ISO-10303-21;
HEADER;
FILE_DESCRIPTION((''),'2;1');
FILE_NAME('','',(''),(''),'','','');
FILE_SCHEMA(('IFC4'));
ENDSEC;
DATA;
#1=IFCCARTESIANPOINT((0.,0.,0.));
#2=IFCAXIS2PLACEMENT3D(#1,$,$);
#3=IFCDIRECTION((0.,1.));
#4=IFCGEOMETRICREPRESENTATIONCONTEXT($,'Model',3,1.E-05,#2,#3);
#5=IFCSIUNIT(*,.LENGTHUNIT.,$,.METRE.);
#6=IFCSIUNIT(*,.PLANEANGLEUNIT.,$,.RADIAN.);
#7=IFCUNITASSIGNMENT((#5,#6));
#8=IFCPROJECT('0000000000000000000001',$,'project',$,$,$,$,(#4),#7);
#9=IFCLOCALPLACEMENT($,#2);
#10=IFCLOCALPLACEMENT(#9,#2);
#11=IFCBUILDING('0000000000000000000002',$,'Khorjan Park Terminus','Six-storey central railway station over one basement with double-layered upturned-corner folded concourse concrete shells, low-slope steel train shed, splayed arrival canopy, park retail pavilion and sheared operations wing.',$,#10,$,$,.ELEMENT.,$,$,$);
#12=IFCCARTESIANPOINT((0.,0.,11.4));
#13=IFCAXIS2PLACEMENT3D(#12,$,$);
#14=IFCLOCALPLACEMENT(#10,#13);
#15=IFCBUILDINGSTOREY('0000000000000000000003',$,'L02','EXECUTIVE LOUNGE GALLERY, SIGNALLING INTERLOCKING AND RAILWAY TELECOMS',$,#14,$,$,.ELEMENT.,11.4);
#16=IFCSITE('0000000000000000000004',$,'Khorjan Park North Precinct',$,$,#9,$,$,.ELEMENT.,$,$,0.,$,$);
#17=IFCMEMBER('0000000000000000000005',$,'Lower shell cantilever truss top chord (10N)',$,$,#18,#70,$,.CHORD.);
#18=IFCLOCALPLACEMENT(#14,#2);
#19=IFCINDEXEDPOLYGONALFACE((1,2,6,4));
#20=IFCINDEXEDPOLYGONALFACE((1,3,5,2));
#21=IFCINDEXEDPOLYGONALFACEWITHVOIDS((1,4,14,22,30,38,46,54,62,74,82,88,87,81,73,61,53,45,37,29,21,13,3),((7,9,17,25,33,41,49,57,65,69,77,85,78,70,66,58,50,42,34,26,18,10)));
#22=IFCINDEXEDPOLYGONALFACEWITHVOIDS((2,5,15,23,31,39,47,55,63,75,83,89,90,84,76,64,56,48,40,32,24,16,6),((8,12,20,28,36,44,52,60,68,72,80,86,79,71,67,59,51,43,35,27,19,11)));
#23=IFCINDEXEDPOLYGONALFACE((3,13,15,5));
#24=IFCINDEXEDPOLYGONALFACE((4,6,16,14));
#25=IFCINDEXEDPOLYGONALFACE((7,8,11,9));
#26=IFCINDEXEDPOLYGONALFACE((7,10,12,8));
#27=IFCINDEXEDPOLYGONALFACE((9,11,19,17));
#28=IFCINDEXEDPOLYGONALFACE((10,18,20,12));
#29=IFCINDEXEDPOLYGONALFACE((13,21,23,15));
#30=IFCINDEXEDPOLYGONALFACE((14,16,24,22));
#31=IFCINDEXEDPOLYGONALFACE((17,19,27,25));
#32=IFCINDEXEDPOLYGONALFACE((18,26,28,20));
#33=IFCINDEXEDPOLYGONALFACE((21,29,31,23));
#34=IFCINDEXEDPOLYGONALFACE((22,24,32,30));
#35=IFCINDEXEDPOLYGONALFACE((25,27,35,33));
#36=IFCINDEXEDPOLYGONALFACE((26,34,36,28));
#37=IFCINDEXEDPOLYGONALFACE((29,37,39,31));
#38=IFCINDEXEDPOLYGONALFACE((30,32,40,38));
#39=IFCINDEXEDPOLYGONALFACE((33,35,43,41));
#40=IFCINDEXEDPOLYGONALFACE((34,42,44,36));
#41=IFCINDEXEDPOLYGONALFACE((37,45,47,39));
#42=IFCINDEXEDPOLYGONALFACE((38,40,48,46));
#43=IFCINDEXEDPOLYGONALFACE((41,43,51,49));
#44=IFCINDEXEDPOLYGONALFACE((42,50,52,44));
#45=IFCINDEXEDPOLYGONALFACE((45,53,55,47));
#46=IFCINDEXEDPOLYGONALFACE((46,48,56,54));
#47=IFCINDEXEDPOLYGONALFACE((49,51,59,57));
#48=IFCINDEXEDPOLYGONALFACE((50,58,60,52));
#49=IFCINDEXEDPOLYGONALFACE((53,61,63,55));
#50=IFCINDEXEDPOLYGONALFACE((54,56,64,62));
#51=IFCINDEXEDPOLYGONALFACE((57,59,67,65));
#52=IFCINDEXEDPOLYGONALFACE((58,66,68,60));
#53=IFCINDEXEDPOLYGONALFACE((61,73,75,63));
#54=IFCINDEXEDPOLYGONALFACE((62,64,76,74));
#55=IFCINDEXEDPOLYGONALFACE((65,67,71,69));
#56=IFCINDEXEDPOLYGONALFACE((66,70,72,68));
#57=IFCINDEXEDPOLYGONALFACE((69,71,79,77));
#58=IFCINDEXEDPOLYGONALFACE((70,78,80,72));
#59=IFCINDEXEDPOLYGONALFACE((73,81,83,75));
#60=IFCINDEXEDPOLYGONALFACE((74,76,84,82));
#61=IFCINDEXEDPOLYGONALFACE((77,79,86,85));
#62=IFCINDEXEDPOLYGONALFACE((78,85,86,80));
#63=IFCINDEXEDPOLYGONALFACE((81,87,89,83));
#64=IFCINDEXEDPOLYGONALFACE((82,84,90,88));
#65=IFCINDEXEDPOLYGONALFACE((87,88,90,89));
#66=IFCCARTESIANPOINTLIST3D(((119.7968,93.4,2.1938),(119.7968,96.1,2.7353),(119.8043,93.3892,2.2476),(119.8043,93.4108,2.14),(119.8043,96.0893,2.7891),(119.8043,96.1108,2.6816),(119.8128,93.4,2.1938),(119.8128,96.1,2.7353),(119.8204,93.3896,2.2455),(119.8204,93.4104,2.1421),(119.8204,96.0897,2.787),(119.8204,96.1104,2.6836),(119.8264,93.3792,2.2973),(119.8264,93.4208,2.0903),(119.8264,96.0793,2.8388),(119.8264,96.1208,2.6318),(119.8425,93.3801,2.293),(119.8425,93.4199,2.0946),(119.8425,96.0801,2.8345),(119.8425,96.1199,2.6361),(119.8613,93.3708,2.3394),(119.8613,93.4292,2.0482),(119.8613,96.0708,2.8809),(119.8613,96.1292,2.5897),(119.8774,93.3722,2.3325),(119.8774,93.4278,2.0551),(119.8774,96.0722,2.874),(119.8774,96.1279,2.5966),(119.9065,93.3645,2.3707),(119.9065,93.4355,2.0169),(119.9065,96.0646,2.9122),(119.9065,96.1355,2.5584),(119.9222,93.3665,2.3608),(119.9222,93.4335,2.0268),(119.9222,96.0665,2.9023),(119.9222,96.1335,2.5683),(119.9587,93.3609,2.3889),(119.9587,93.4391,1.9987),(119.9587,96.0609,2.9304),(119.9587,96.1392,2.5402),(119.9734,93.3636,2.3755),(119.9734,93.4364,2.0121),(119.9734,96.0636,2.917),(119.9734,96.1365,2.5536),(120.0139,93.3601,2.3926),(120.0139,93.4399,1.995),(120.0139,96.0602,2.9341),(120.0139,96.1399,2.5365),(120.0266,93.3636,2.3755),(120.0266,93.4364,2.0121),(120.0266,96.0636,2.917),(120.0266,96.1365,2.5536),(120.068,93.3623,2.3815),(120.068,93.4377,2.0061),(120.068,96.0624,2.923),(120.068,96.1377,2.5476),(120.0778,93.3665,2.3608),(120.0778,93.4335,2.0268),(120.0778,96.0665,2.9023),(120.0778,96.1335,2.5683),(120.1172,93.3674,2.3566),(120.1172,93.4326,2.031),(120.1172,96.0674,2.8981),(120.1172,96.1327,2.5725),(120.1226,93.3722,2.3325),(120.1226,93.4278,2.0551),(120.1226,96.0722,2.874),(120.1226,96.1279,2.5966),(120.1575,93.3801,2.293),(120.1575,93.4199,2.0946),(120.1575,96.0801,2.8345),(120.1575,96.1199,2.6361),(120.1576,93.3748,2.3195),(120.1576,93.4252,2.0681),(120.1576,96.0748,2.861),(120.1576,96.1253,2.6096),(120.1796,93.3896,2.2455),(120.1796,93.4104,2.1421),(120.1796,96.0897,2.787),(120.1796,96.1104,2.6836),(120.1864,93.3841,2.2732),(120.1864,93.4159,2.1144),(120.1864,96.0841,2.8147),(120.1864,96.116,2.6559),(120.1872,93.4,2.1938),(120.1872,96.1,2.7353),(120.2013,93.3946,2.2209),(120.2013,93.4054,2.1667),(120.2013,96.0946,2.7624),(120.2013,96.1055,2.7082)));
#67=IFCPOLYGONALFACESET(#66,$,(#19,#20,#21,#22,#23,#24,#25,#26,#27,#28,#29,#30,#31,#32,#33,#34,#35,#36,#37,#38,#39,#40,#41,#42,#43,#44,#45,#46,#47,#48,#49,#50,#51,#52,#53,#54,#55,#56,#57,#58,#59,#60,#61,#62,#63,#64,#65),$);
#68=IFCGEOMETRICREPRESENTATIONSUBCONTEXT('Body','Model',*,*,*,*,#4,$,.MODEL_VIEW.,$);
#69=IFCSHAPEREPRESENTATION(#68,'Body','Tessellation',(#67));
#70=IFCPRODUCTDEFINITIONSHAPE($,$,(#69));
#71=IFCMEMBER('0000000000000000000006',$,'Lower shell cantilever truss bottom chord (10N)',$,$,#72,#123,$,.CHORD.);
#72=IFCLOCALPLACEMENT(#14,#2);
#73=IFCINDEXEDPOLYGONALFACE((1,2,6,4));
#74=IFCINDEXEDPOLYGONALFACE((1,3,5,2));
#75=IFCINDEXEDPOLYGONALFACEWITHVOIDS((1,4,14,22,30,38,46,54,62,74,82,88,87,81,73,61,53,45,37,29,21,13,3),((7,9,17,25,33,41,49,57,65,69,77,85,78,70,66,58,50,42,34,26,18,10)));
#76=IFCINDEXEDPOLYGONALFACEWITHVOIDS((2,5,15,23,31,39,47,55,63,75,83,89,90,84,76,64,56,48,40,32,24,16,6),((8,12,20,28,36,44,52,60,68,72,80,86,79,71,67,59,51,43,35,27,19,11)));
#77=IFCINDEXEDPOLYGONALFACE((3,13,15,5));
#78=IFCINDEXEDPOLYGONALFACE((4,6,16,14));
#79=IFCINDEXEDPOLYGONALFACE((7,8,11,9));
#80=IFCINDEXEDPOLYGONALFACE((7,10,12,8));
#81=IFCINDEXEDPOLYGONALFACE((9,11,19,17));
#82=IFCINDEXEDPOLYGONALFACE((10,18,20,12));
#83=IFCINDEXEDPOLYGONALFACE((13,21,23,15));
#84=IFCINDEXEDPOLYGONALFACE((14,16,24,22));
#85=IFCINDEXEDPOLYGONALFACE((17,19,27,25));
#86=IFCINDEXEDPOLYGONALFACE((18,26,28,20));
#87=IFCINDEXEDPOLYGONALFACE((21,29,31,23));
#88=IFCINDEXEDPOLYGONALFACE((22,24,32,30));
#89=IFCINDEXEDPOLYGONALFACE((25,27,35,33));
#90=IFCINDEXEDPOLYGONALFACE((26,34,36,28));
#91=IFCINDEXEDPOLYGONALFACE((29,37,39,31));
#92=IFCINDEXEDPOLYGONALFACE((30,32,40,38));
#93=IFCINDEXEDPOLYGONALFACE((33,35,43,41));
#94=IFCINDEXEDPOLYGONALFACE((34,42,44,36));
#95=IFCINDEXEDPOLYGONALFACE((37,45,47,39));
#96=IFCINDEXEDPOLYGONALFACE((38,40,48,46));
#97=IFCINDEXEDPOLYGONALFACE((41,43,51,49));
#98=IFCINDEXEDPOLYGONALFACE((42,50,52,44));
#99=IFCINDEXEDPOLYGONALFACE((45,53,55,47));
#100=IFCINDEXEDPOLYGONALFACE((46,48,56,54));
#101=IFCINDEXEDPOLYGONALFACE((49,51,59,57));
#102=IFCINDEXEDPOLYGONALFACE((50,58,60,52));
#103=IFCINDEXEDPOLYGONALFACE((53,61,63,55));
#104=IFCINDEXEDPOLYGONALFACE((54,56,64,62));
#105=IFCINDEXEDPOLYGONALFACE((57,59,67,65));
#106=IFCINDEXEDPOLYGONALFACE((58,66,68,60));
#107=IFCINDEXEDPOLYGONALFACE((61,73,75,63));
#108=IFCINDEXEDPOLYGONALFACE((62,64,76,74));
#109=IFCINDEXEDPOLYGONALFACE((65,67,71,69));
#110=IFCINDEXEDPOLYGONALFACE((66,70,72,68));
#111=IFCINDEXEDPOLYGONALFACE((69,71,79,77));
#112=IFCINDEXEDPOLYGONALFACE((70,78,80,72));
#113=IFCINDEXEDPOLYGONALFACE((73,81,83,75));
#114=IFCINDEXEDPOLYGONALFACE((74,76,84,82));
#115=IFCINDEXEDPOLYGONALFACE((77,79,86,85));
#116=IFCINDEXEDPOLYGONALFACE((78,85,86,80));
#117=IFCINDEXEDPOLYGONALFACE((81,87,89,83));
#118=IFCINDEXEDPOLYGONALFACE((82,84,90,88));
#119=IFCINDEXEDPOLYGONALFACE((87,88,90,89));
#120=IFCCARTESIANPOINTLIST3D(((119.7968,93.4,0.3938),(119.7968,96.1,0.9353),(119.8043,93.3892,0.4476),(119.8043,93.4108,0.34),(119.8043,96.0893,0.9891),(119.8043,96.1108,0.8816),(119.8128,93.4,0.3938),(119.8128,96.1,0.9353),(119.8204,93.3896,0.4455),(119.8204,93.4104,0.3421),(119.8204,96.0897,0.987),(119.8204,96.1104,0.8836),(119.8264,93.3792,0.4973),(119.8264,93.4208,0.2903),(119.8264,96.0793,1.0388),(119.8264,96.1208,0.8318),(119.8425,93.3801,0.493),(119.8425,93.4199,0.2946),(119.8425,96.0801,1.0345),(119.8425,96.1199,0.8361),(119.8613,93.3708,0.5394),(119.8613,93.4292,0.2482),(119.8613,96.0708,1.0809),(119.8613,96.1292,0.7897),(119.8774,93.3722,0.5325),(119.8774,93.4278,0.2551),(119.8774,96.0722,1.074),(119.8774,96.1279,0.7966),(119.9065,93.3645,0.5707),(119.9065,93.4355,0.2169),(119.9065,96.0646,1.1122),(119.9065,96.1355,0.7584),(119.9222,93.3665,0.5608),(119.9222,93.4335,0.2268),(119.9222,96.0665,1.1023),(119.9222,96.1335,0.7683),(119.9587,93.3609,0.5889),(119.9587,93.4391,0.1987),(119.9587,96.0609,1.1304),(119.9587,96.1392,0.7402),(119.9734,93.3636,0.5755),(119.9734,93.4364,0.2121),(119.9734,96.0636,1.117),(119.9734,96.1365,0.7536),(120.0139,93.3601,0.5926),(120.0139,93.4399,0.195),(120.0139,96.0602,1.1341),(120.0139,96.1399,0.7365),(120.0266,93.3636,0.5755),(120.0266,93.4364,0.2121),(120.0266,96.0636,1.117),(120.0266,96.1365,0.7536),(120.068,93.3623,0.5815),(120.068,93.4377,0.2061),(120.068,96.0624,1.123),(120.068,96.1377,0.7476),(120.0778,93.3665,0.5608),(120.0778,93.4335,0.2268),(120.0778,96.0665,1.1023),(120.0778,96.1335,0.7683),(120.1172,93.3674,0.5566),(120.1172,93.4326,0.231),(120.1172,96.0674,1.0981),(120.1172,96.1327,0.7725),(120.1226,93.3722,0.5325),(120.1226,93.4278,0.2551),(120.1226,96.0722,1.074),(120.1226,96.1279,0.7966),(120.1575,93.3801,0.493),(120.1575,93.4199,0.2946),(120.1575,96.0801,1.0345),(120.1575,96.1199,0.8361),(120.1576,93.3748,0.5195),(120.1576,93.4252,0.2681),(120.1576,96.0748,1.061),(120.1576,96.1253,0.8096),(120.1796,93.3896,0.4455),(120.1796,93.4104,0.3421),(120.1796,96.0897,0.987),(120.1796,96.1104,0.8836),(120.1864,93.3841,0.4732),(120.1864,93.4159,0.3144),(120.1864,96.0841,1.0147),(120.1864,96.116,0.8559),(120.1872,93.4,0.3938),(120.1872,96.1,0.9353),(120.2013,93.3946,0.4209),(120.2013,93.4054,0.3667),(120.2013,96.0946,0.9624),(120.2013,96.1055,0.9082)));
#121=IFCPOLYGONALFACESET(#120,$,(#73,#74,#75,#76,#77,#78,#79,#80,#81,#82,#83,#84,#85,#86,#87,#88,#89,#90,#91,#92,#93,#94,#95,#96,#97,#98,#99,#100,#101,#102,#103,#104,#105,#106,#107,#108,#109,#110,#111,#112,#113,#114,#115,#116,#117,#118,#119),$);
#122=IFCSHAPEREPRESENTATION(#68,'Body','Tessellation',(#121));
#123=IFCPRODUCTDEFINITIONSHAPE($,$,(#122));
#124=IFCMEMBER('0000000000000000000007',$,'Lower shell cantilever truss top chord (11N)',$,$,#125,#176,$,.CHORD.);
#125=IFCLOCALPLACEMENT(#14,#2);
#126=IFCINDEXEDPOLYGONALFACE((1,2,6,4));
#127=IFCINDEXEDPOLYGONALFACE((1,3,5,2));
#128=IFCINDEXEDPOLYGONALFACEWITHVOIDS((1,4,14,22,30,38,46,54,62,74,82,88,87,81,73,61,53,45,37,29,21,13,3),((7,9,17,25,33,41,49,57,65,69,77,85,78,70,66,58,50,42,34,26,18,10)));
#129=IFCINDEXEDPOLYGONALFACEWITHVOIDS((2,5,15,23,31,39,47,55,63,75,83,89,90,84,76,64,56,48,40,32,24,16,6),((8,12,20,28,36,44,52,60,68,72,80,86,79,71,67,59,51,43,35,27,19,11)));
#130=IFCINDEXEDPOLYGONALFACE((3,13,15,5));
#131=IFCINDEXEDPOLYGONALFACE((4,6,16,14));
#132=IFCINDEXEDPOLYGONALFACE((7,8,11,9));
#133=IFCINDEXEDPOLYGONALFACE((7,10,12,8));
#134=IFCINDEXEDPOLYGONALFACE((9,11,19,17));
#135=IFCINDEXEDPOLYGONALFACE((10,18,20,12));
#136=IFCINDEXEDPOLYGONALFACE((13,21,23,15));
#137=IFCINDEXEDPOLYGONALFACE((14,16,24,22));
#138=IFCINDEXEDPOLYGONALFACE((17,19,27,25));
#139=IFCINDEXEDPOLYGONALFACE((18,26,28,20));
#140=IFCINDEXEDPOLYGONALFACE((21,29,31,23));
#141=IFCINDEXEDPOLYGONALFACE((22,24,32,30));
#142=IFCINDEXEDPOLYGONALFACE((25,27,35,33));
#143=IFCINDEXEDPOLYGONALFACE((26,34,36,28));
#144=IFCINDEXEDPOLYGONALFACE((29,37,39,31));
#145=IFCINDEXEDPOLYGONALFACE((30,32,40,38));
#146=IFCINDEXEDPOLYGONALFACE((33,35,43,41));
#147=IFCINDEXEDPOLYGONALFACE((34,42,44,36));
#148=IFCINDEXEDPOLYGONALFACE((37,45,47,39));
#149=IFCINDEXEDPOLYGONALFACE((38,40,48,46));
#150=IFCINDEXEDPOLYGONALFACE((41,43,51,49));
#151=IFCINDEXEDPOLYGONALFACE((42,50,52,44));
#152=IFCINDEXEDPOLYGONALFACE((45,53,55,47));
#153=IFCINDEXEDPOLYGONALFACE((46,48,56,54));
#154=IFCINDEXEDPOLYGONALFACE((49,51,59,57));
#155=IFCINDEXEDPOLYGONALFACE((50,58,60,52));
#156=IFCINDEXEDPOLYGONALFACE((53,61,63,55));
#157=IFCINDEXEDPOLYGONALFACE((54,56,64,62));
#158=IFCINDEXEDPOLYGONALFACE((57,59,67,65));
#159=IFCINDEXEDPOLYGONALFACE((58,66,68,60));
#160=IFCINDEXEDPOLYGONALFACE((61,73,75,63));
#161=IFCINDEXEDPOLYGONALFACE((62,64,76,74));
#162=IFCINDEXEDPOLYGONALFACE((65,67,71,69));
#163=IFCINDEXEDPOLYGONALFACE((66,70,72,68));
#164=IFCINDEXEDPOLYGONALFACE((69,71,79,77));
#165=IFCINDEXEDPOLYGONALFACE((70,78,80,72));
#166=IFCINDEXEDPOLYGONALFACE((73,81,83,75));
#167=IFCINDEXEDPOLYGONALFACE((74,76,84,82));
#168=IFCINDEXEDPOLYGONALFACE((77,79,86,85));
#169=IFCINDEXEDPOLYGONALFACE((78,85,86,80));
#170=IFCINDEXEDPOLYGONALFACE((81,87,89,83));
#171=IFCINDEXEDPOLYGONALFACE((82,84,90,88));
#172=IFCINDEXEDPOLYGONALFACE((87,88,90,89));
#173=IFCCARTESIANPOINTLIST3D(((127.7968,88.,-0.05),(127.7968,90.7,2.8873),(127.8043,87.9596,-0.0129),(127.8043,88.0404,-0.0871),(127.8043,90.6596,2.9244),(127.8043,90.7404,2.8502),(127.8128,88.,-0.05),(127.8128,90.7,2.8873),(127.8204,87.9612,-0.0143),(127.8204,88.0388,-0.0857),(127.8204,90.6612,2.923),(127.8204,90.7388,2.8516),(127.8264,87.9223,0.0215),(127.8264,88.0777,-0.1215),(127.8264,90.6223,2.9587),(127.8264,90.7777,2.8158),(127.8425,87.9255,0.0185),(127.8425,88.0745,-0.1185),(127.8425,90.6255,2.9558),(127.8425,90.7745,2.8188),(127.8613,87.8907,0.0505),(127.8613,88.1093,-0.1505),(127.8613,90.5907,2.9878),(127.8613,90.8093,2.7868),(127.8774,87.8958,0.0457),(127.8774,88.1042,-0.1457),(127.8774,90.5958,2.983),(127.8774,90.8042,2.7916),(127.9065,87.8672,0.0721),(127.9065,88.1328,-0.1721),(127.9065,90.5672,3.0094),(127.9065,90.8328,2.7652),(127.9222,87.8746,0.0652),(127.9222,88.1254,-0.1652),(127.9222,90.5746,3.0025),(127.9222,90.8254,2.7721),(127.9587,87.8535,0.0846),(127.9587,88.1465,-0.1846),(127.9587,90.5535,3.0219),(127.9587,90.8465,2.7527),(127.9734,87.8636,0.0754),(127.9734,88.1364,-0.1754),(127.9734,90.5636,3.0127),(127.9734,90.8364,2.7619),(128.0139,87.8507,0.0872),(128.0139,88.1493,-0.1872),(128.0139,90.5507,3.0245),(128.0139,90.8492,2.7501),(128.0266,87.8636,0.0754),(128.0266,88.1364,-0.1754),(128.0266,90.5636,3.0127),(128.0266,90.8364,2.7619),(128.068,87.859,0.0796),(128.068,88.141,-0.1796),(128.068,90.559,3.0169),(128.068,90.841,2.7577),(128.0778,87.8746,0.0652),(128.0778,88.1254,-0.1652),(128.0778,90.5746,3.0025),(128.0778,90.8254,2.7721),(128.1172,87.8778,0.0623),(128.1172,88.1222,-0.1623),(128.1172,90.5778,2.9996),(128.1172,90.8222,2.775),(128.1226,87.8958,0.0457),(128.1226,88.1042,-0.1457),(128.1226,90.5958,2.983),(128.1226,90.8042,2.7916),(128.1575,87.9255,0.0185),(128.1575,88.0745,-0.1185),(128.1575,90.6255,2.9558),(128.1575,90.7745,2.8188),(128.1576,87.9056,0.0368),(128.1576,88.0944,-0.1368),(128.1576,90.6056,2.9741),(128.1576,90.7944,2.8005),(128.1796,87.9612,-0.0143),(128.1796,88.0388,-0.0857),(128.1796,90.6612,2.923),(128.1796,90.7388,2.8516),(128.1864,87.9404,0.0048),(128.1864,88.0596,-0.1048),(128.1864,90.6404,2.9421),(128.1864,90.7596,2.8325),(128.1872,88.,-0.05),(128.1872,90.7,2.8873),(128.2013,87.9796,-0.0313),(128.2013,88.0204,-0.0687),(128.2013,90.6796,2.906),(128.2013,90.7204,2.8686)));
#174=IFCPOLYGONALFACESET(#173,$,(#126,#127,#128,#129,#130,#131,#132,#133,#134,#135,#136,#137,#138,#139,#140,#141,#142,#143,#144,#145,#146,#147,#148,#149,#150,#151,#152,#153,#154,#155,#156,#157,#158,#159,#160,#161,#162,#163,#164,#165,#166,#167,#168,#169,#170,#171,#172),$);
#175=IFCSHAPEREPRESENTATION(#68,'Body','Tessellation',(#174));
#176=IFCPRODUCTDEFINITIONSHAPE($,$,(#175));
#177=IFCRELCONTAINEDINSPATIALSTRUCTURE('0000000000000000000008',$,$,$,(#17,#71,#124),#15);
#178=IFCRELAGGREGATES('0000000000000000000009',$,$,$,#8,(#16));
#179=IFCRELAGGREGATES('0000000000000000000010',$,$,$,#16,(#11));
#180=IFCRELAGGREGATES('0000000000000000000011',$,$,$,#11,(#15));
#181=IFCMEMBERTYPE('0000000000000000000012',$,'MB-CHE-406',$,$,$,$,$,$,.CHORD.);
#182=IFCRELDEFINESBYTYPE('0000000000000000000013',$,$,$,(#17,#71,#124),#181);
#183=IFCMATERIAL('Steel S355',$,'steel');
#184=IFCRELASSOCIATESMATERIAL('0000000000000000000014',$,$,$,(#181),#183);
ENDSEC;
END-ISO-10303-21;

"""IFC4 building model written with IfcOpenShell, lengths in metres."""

from ifc_helpers import new_model, si_unit, direction, frame, origin, origin_2d, place, context, subcontext, project, spatial, hollow_circle, extrude, material, material_profile, profile_set, type_object, element, save


model = new_model("IFC4")

# Units and contexts
model_context = context("Model", 3, precision=1e-05, world=origin(), true_north=direction((0.0, 1.0)))
body_context = subcontext(model_context, "Body", "Model", "MODEL_VIEW")
ifc_project = project(units=[si_unit("LENGTHUNIT", "METRE"), si_unit("PLANEANGLEUNIT", "RADIAN")], contexts=[model_context])

# Site, building, storey
site_placement = place(None, origin())
site = spatial("IfcSite", under=ifc_project, at=site_placement, Name="Khorjan Park North Precinct", CompositionType="ELEMENT", RefElevation=0.0)
building_placement = place(site_placement, origin())
building = spatial("IfcBuilding", under=site, at=building_placement, Name="Khorjan Park Terminus", Description="Six-storey central railway station over one basement with double-layered upturned-corner folded concourse concrete shells, low-slope steel train shed, splayed arrival canopy, park retail pavilion and sheared operations wing.", CompositionType="ELEMENT")
storey_placement = place(building_placement, frame((0.0, 0.0, 11.4)))
storey = spatial("IfcBuildingStorey", under=building, at=storey_placement, Name="L02", Description="EXECUTIVE LOUNGE GALLERY, SIGNALLING INTERLOCKING AND RAILWAY TELECOMS", CompositionType="ELEMENT", Elevation=11.4)

# Members
ifc_material_1 = material(Name="Steel S355", Category="steel")
ifc_material_profile_1 = material_profile(ifc_material_1, hollow_circle(Radius=0.2032, WallThickness=0.016, at=origin_2d()), Name="CHS 406.4x16")
ifc_profile_set_1 = profile_set([ifc_material_profile_1], Name="Steel S355")
member_type_1 = type_object("IfcMemberType", Name="MB-CHE-406", PredefinedType="CHORD", material=ifc_profile_set_1)
for number, where, z_axis, x_axis, name in (
    (1, (120.0, 93.4, 2.1938), (0.0, 0.980476, 0.19664), (-1.0, 0.0, 0.0), "Lower shell cantilever truss top chord (10N)"),
    (2, (120.0, 93.4, 0.3938), (0.0, 0.980476, 0.19664), (-1.0, 0.0, 0.0), "Lower shell cantilever truss bottom chord (10N)"),
):
    element("IfcMember", number, at=place(storey_placement, frame(where, z_axis=z_axis, x_axis=x_axis)), inside=storey, type_object=member_type_1, Name=name, PredefinedType="CHORD", context=body_context, shape_type="SweptSolid", body=[
        extrude(hollow_circle(Radius=0.2032, WallThickness=0.016, at=origin_2d()), origin(), (0.0, 0.0, 1.0), 2.7538),
    ])
member_1_placement = place(storey_placement, frame((128.0, 88.0, -0.05), z_axis=(0.0, 0.676742, 0.73622), x_axis=(-1.0, 0.0, 0.0)))
element("IfcMember", 3, at=member_1_placement, inside=storey, type_object=member_type_1, Name="Lower shell cantilever truss top chord (11N)", PredefinedType="CHORD", context=body_context, shape_type="SweptSolid", body=[
    extrude(hollow_circle(Radius=0.2032, WallThickness=0.016, at=origin_2d()), origin(), (0.0, 0.0, 1.0), 3.9897),
])

save(model, "model.ifc")
